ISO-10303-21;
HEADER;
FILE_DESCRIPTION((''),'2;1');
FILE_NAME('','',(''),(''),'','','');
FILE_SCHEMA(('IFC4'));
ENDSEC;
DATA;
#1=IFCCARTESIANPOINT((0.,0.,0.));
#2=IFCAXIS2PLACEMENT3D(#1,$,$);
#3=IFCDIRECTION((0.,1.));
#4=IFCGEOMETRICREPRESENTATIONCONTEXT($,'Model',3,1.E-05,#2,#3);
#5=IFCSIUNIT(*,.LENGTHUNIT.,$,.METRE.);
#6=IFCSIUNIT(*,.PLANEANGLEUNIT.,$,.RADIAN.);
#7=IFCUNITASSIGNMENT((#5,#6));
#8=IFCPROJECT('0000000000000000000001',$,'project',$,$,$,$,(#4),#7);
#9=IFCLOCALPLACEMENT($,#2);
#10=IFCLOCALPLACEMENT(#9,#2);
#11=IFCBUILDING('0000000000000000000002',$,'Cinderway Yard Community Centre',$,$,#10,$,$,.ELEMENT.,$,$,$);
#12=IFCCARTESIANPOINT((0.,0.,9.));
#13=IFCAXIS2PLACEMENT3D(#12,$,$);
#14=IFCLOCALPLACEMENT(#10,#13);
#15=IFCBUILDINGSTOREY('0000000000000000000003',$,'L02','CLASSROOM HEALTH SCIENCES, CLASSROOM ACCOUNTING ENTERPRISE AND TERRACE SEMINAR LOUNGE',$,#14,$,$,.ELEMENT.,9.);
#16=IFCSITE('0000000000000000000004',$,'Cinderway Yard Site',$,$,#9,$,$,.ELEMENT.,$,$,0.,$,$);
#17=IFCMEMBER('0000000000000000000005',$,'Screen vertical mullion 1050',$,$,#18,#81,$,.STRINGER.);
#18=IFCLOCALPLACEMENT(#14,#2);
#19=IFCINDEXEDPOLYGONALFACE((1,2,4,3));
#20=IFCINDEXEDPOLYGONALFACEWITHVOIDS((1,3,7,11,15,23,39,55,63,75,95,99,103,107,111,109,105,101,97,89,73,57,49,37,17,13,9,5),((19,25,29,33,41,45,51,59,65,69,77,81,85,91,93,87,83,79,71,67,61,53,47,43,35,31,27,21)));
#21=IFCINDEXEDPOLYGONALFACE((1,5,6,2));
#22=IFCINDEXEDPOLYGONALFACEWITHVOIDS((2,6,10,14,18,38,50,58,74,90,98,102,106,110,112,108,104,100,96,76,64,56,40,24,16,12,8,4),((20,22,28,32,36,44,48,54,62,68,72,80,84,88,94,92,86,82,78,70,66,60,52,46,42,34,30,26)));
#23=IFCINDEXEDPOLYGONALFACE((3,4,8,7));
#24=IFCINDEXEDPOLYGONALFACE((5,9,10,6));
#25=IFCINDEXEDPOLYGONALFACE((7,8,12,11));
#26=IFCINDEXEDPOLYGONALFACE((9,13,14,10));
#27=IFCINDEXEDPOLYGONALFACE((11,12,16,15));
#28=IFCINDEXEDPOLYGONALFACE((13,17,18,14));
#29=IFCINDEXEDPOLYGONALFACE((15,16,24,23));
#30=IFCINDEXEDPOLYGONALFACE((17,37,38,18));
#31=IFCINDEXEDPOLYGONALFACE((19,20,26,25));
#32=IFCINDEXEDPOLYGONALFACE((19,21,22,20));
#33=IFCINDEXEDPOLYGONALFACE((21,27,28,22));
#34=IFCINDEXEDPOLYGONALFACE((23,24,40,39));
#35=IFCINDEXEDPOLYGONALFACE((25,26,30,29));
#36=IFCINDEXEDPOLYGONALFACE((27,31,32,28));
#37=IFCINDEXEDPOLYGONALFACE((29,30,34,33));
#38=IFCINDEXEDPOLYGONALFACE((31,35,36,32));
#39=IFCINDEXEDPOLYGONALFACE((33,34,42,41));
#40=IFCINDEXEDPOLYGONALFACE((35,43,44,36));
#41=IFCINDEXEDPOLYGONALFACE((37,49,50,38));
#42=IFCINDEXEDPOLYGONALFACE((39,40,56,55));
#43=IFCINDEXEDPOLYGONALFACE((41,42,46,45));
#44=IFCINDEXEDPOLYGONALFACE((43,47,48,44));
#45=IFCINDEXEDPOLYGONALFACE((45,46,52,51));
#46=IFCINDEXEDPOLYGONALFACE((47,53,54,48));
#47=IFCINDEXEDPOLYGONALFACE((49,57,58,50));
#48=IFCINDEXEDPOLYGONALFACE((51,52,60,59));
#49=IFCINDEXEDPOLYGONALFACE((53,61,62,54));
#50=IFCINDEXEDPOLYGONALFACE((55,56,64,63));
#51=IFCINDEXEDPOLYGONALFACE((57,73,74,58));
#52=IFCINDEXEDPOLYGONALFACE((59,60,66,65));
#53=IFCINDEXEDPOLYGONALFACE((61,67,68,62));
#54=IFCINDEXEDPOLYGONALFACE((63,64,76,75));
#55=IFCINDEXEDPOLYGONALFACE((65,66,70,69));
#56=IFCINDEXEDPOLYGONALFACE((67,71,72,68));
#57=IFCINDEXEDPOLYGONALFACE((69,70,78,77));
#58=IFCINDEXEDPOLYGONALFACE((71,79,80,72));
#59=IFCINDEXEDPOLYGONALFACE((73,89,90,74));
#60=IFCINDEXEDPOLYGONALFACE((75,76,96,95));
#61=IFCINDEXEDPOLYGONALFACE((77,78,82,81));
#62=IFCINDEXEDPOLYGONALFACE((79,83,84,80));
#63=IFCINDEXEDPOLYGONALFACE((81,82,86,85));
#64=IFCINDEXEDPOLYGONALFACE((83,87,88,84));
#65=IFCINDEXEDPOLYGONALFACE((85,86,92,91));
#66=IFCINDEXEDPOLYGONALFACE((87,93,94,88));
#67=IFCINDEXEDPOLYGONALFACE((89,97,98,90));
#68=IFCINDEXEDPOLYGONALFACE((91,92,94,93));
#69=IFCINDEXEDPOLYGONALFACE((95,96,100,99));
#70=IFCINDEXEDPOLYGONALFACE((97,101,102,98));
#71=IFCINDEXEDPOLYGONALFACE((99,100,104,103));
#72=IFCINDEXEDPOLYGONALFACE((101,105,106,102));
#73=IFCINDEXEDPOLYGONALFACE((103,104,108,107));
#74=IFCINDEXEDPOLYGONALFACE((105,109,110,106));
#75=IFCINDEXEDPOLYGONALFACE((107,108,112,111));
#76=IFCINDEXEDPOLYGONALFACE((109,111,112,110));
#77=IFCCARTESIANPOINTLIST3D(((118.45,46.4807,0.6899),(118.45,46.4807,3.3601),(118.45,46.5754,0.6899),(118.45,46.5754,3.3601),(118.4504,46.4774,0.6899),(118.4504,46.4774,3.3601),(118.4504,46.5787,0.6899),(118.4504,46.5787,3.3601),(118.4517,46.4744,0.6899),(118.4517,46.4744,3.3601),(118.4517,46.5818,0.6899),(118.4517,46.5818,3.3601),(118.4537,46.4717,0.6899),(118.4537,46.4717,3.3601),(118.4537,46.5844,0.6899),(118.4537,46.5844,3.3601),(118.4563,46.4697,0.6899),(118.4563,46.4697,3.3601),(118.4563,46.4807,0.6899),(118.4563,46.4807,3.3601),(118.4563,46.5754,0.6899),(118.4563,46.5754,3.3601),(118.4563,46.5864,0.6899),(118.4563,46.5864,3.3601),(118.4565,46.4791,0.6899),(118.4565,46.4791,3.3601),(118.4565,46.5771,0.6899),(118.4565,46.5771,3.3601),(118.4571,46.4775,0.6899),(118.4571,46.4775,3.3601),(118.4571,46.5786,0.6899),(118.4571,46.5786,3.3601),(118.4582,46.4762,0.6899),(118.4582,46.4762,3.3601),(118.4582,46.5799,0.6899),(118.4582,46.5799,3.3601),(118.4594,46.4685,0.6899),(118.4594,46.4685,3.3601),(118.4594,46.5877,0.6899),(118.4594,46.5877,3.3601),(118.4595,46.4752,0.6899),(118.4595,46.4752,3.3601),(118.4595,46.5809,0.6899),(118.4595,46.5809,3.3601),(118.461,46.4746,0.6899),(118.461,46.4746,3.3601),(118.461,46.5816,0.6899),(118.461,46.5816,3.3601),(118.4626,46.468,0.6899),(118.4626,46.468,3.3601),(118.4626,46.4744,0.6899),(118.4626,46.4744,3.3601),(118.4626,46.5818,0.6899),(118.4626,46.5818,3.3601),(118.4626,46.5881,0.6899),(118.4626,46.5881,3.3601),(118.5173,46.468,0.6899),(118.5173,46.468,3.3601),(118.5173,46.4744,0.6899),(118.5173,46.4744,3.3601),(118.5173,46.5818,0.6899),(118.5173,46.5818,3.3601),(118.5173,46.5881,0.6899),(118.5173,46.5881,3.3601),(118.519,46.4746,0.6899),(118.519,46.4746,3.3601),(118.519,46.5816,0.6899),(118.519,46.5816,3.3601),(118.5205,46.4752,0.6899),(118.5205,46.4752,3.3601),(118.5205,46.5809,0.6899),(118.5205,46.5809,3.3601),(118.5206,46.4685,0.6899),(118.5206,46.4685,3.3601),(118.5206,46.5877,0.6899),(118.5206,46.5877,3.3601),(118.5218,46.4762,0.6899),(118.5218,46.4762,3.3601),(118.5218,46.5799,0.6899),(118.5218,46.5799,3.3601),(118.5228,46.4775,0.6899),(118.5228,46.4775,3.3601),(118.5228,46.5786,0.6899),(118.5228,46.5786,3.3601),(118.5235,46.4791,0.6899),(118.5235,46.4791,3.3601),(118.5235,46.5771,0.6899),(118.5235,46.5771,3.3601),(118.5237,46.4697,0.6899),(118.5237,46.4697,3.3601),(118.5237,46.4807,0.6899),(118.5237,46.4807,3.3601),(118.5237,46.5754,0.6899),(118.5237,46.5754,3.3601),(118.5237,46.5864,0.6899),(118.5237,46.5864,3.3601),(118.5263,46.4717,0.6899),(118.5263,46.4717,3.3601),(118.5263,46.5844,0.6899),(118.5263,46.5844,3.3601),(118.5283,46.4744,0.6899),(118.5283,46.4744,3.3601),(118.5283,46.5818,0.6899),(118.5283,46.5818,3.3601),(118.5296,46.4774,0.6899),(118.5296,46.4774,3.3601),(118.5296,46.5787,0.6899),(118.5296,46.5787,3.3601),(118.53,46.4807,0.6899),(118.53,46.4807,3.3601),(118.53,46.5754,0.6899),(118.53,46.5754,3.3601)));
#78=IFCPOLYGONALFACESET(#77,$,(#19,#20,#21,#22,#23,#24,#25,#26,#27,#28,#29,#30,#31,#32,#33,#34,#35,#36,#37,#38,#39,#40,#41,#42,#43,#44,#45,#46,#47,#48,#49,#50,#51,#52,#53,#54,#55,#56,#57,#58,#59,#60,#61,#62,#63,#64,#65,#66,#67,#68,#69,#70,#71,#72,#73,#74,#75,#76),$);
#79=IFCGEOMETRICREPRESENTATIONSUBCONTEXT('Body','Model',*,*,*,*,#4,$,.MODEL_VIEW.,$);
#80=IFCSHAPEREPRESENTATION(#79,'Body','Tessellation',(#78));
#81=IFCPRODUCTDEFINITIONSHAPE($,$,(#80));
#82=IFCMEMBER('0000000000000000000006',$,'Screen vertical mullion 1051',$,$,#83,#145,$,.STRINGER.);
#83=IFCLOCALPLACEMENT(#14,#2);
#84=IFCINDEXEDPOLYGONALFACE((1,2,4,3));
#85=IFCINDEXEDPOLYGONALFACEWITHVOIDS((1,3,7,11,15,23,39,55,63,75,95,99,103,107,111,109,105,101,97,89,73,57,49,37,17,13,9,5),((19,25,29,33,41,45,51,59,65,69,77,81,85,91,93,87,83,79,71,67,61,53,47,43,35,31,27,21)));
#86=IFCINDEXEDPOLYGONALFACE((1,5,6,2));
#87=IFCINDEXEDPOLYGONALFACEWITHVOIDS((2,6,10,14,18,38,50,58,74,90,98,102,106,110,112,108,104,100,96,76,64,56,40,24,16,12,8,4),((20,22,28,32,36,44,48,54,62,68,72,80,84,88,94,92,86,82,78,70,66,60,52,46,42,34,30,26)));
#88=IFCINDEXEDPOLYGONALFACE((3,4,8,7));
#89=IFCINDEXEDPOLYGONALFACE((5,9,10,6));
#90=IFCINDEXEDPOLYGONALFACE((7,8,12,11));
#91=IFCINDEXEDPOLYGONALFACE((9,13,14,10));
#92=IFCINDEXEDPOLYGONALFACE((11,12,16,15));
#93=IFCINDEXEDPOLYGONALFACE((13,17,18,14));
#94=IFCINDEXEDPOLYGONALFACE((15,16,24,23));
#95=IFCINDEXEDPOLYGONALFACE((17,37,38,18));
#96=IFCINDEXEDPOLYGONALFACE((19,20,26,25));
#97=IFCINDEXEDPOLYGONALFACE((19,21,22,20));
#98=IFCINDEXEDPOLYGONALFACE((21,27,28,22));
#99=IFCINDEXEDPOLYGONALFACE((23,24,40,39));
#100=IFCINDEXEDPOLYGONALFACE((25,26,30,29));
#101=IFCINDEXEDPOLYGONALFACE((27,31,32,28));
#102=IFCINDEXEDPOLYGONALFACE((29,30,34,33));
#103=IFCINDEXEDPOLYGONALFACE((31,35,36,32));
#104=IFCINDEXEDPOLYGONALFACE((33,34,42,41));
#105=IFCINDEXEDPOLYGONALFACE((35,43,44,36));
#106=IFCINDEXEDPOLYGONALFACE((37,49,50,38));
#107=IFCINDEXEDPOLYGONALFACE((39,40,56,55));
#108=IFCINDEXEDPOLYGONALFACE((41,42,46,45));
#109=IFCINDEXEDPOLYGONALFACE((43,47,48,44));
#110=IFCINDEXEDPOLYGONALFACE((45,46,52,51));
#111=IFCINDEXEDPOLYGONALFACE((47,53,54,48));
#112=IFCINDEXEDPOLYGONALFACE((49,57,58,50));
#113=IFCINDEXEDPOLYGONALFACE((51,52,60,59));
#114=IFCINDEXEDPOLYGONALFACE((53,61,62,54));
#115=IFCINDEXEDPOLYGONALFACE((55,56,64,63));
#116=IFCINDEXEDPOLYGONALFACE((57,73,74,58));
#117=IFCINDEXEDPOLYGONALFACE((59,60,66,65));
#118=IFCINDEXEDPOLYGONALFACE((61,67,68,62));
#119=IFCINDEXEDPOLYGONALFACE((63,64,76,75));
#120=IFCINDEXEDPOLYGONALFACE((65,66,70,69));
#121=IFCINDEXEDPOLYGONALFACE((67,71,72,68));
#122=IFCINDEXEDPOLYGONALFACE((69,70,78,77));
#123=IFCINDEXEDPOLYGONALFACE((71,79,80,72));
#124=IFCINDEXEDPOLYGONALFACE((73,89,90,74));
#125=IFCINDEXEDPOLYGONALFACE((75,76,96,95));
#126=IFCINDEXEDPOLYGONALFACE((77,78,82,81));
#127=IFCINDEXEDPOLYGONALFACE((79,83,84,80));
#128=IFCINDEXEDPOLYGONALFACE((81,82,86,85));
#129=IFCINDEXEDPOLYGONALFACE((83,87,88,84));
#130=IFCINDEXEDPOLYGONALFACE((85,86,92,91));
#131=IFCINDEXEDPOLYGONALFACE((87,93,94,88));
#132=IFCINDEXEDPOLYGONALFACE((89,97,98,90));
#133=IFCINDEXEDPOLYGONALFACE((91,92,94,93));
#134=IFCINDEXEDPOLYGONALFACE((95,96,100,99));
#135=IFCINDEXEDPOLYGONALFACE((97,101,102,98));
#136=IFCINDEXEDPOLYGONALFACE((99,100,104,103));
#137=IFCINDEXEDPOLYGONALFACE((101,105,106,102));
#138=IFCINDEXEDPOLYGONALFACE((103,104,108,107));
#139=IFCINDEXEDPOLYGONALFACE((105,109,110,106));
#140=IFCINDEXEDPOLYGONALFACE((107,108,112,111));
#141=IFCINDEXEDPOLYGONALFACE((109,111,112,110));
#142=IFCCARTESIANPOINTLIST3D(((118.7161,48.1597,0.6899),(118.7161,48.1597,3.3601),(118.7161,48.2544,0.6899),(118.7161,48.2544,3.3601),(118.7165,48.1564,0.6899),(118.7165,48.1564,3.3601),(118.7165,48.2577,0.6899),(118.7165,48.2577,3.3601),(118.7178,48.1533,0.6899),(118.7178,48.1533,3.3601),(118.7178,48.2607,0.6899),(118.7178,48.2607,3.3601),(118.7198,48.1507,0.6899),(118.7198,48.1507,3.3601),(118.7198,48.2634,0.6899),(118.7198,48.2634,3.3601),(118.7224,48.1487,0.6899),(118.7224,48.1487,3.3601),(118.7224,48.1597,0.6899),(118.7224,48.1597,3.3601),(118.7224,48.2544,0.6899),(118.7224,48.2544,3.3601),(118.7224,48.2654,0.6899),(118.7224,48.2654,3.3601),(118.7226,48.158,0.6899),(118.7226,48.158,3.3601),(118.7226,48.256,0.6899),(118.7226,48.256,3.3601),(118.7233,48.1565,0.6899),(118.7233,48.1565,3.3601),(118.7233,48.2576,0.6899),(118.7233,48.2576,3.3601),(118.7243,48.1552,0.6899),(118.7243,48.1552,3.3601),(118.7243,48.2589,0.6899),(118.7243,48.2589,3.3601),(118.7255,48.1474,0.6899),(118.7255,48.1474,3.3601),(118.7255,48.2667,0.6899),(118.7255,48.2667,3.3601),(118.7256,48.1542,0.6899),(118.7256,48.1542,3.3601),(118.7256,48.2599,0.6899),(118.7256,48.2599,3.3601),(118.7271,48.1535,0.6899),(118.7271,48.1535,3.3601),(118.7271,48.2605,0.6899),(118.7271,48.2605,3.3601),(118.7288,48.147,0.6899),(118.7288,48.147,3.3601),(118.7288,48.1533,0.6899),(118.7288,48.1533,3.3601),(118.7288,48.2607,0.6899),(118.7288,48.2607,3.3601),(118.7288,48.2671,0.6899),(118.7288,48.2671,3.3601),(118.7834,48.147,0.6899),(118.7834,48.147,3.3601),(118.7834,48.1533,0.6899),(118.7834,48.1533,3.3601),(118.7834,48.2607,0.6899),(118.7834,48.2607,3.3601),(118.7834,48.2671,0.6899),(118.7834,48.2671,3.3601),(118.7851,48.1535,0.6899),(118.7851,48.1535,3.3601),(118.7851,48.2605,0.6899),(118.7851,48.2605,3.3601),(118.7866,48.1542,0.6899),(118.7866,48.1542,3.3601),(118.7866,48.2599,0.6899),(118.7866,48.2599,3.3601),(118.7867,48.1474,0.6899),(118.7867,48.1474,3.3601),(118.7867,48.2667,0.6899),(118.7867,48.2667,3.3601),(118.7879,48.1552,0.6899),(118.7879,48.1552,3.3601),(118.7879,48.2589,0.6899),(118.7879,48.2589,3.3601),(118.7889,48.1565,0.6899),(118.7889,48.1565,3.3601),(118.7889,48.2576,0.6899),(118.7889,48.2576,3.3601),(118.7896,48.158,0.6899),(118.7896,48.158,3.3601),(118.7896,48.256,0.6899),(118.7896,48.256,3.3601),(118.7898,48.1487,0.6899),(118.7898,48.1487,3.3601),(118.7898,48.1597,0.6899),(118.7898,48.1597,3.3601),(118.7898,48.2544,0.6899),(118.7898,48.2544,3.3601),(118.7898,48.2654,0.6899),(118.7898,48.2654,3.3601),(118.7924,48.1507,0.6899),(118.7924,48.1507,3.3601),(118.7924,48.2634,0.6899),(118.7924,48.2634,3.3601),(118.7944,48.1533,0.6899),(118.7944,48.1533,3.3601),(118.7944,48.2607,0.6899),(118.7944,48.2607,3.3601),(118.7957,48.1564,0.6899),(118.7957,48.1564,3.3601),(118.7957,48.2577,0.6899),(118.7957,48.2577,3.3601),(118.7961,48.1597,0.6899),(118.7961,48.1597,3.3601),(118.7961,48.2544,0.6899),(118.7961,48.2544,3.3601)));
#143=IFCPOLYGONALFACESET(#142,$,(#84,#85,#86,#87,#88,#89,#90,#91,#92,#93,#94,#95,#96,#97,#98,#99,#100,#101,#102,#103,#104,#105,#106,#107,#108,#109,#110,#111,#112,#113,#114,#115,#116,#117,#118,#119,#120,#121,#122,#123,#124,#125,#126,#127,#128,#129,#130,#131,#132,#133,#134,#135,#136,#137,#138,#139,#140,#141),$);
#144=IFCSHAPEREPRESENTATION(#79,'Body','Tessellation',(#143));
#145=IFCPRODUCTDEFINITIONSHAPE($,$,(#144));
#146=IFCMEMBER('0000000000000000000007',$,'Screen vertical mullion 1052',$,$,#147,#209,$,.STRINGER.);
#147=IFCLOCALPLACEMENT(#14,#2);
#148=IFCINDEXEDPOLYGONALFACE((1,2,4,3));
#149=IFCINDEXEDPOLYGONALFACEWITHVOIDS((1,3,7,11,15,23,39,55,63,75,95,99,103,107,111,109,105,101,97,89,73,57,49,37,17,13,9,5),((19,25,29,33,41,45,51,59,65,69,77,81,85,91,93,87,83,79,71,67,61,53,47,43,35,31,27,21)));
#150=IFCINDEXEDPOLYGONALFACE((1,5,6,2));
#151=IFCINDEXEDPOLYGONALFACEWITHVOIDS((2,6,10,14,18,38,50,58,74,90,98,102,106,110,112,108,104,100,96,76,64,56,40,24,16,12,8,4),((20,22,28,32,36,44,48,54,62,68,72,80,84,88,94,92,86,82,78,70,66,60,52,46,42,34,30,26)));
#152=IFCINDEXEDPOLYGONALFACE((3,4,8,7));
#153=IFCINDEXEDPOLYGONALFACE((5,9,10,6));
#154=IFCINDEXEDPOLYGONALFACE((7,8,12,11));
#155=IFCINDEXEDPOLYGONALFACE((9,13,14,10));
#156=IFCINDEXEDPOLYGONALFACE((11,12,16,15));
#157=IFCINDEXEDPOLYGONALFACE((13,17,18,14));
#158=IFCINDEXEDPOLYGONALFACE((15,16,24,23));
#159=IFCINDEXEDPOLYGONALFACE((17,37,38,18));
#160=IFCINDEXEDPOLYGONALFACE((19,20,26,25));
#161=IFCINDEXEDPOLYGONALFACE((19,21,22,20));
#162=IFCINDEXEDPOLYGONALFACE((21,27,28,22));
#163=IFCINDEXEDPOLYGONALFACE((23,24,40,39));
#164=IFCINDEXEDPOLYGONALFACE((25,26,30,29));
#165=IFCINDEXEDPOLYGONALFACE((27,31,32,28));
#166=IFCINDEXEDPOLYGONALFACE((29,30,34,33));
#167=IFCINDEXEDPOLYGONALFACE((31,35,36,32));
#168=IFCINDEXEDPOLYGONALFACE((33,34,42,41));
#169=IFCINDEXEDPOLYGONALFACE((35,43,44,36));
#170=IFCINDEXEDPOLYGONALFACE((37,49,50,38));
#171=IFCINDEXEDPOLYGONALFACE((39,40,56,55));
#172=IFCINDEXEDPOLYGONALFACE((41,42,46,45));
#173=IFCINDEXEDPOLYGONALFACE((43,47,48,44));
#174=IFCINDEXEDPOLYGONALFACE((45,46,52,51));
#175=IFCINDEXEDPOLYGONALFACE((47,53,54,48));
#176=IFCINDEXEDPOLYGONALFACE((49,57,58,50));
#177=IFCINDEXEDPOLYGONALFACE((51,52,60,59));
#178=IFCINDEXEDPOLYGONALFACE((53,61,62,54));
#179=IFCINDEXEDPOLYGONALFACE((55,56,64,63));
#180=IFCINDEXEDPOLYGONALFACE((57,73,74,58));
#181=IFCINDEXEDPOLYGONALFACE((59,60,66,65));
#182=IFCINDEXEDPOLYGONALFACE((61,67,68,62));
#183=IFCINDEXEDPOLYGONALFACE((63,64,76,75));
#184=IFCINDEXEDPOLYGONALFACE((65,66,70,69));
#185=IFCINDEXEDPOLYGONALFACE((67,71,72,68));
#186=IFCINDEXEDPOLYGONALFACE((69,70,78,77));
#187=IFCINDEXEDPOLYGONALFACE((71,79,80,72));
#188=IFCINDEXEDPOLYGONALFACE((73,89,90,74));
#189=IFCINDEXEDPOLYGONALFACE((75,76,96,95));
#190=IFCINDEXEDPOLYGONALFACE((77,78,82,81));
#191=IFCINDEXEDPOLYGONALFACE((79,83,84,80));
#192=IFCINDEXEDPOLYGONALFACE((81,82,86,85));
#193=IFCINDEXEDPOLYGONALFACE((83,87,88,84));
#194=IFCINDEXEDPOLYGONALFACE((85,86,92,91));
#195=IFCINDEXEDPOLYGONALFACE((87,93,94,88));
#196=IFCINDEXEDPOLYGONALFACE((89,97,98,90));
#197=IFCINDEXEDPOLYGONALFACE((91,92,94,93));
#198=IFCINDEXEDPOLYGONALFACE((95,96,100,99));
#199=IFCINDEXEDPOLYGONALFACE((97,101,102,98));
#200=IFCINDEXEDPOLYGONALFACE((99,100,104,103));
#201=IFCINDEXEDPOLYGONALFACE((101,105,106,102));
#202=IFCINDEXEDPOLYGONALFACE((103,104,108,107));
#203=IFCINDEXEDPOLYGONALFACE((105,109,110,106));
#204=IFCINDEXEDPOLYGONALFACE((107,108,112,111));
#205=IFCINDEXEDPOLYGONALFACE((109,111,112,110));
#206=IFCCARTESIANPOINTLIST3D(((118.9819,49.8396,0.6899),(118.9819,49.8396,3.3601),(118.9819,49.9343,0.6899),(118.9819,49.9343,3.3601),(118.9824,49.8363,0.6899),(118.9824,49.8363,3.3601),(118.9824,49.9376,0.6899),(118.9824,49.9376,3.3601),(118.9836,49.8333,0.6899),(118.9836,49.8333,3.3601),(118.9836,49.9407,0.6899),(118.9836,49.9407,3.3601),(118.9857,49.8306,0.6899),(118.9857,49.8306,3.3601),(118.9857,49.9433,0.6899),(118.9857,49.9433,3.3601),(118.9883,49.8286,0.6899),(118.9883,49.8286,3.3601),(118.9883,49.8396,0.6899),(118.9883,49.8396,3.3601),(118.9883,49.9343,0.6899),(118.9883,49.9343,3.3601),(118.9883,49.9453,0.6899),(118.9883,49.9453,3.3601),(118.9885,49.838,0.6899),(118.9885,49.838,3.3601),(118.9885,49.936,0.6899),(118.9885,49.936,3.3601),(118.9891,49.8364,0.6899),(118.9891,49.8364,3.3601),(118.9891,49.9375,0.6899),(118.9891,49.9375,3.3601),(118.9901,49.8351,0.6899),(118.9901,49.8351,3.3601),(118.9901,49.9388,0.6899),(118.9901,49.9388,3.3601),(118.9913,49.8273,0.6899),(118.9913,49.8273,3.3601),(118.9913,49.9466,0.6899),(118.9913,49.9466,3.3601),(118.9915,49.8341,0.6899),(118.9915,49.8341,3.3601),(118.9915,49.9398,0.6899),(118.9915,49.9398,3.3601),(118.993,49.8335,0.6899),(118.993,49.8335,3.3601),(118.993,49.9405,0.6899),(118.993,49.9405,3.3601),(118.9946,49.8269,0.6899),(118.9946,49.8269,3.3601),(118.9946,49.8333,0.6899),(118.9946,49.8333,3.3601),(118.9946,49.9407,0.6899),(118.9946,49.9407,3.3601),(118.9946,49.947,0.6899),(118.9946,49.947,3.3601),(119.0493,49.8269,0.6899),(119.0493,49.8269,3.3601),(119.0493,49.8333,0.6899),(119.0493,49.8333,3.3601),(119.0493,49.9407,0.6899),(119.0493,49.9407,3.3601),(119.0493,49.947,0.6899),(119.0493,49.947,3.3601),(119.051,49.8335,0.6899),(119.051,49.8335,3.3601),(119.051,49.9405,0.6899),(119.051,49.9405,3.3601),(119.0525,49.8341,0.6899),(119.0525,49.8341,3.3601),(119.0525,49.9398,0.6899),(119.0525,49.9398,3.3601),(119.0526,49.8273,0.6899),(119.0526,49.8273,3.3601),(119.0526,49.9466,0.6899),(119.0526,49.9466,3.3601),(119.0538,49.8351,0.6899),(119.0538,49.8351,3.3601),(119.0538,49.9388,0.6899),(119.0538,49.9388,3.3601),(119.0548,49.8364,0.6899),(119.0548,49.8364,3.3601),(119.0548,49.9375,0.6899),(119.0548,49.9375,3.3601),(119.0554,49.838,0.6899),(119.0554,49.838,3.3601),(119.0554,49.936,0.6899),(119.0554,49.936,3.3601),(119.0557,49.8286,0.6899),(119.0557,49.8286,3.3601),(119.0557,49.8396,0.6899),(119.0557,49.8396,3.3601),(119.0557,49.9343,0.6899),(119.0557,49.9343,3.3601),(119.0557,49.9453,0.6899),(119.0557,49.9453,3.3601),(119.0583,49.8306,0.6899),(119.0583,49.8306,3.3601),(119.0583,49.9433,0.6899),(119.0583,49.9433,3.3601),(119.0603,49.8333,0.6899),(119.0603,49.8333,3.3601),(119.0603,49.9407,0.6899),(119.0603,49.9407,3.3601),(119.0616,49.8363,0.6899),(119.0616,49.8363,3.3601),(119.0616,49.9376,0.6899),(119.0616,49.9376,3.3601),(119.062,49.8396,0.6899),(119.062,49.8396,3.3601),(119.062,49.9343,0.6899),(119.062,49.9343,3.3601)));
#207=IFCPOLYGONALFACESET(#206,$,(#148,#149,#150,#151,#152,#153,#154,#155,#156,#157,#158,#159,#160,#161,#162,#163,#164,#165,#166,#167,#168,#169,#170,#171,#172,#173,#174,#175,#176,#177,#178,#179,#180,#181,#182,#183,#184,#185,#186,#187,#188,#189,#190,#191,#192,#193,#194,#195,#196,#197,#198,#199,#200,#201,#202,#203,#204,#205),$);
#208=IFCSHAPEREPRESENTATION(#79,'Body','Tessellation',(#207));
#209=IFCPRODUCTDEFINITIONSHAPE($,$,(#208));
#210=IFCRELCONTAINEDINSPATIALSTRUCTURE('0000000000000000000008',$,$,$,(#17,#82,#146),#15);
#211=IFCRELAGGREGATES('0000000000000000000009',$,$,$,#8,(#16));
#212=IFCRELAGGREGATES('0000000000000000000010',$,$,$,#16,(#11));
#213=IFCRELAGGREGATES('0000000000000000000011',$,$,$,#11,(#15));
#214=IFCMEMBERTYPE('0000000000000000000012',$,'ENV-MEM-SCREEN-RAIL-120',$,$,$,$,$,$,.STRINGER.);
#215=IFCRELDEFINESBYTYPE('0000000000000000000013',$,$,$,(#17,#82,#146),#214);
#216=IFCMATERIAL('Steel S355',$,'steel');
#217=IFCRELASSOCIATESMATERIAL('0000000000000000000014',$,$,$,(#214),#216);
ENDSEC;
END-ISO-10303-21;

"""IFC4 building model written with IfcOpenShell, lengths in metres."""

from ifc_helpers import new_model, si_unit, direction, frame, origin, origin_2d, place, context, subcontext, project, spatial, hollow_rectangle, extrude, material, material_profile, profile_set, type_object, element, save


model = new_model("IFC4")

# Units and contexts
model_context = context("Model", 3, precision=1e-05, world=origin(), true_north=direction((0.0, 1.0)))
body_context = subcontext(model_context, "Body", "Model", "MODEL_VIEW")
ifc_project = project(units=[si_unit("LENGTHUNIT", "METRE"), si_unit("PLANEANGLEUNIT", "RADIAN")], contexts=[model_context])

# Site, building, storey
site_placement = place(None, origin())
site = spatial("IfcSite", under=ifc_project, at=site_placement, Name="Cinderway Yard Site", CompositionType="ELEMENT", RefElevation=0.0)
building_placement = place(site_placement, origin())
building = spatial("IfcBuilding", under=site, at=building_placement, Name="Cinderway Yard Community Centre", CompositionType="ELEMENT")
storey_placement = place(building_placement, frame((0.0, 0.0, 9.0)))
storey = spatial("IfcBuildingStorey", under=building, at=storey_placement, Name="L02", Description="CLASSROOM HEALTH SCIENCES, CLASSROOM ACCOUNTING ENTERPRISE AND TERRACE SEMINAR LOUNGE", CompositionType="ELEMENT", Elevation=9.0)

# Members
ifc_material_1 = material(Name="Steel S355", Category="steel")
ifc_material_profile_1 = material_profile(ifc_material_1, hollow_rectangle(XDim=0.0801, YDim=0.1201, WallThickness=0.0063, InnerFilletRadius=0.0063, OuterFilletRadius=0.0127, at=origin_2d()), Name="Steel S355")
ifc_profile_set_1 = profile_set([ifc_material_profile_1], Name="Steel S355")
member_type_1 = type_object("IfcMemberType", Name="ENV-MEM-SCREEN-RAIL-120", PredefinedType="STRINGER", material=ifc_profile_set_1)
for number, where, z_axis, x_axis, name in (
    (1, (118.49, 46.5281, 0.6899), (0.0, 0.0, 1.0), (1.0, 0.0, 0.0), "Screen vertical mullion 1050"),
    (2, (118.7561, 48.207, 0.6899), (0.0, 0.0, 1.0), (1.0, 0.0, 0.0), "Screen vertical mullion 1051"),
    (3, (119.022, 49.887, 0.6899), (0.0, 0.0, 1.0), (1.0, 0.0, 0.0), "Screen vertical mullion 1052"),
):
    element("IfcMember", number, at=place(storey_placement, frame(where, z_axis=z_axis, x_axis=x_axis)), inside=storey, type_object=member_type_1, Name=name, PredefinedType="STRINGER", context=body_context, shape_type="SweptSolid", body=[
        extrude(hollow_rectangle(XDim=0.0801, YDim=0.1201, WallThickness=0.0063, InnerFilletRadius=0.0063, OuterFilletRadius=0.0127, at=origin_2d()), origin(), (0.0, 0.0, 1.0), 2.6702),
    ])

save(model, "model.ifc")
